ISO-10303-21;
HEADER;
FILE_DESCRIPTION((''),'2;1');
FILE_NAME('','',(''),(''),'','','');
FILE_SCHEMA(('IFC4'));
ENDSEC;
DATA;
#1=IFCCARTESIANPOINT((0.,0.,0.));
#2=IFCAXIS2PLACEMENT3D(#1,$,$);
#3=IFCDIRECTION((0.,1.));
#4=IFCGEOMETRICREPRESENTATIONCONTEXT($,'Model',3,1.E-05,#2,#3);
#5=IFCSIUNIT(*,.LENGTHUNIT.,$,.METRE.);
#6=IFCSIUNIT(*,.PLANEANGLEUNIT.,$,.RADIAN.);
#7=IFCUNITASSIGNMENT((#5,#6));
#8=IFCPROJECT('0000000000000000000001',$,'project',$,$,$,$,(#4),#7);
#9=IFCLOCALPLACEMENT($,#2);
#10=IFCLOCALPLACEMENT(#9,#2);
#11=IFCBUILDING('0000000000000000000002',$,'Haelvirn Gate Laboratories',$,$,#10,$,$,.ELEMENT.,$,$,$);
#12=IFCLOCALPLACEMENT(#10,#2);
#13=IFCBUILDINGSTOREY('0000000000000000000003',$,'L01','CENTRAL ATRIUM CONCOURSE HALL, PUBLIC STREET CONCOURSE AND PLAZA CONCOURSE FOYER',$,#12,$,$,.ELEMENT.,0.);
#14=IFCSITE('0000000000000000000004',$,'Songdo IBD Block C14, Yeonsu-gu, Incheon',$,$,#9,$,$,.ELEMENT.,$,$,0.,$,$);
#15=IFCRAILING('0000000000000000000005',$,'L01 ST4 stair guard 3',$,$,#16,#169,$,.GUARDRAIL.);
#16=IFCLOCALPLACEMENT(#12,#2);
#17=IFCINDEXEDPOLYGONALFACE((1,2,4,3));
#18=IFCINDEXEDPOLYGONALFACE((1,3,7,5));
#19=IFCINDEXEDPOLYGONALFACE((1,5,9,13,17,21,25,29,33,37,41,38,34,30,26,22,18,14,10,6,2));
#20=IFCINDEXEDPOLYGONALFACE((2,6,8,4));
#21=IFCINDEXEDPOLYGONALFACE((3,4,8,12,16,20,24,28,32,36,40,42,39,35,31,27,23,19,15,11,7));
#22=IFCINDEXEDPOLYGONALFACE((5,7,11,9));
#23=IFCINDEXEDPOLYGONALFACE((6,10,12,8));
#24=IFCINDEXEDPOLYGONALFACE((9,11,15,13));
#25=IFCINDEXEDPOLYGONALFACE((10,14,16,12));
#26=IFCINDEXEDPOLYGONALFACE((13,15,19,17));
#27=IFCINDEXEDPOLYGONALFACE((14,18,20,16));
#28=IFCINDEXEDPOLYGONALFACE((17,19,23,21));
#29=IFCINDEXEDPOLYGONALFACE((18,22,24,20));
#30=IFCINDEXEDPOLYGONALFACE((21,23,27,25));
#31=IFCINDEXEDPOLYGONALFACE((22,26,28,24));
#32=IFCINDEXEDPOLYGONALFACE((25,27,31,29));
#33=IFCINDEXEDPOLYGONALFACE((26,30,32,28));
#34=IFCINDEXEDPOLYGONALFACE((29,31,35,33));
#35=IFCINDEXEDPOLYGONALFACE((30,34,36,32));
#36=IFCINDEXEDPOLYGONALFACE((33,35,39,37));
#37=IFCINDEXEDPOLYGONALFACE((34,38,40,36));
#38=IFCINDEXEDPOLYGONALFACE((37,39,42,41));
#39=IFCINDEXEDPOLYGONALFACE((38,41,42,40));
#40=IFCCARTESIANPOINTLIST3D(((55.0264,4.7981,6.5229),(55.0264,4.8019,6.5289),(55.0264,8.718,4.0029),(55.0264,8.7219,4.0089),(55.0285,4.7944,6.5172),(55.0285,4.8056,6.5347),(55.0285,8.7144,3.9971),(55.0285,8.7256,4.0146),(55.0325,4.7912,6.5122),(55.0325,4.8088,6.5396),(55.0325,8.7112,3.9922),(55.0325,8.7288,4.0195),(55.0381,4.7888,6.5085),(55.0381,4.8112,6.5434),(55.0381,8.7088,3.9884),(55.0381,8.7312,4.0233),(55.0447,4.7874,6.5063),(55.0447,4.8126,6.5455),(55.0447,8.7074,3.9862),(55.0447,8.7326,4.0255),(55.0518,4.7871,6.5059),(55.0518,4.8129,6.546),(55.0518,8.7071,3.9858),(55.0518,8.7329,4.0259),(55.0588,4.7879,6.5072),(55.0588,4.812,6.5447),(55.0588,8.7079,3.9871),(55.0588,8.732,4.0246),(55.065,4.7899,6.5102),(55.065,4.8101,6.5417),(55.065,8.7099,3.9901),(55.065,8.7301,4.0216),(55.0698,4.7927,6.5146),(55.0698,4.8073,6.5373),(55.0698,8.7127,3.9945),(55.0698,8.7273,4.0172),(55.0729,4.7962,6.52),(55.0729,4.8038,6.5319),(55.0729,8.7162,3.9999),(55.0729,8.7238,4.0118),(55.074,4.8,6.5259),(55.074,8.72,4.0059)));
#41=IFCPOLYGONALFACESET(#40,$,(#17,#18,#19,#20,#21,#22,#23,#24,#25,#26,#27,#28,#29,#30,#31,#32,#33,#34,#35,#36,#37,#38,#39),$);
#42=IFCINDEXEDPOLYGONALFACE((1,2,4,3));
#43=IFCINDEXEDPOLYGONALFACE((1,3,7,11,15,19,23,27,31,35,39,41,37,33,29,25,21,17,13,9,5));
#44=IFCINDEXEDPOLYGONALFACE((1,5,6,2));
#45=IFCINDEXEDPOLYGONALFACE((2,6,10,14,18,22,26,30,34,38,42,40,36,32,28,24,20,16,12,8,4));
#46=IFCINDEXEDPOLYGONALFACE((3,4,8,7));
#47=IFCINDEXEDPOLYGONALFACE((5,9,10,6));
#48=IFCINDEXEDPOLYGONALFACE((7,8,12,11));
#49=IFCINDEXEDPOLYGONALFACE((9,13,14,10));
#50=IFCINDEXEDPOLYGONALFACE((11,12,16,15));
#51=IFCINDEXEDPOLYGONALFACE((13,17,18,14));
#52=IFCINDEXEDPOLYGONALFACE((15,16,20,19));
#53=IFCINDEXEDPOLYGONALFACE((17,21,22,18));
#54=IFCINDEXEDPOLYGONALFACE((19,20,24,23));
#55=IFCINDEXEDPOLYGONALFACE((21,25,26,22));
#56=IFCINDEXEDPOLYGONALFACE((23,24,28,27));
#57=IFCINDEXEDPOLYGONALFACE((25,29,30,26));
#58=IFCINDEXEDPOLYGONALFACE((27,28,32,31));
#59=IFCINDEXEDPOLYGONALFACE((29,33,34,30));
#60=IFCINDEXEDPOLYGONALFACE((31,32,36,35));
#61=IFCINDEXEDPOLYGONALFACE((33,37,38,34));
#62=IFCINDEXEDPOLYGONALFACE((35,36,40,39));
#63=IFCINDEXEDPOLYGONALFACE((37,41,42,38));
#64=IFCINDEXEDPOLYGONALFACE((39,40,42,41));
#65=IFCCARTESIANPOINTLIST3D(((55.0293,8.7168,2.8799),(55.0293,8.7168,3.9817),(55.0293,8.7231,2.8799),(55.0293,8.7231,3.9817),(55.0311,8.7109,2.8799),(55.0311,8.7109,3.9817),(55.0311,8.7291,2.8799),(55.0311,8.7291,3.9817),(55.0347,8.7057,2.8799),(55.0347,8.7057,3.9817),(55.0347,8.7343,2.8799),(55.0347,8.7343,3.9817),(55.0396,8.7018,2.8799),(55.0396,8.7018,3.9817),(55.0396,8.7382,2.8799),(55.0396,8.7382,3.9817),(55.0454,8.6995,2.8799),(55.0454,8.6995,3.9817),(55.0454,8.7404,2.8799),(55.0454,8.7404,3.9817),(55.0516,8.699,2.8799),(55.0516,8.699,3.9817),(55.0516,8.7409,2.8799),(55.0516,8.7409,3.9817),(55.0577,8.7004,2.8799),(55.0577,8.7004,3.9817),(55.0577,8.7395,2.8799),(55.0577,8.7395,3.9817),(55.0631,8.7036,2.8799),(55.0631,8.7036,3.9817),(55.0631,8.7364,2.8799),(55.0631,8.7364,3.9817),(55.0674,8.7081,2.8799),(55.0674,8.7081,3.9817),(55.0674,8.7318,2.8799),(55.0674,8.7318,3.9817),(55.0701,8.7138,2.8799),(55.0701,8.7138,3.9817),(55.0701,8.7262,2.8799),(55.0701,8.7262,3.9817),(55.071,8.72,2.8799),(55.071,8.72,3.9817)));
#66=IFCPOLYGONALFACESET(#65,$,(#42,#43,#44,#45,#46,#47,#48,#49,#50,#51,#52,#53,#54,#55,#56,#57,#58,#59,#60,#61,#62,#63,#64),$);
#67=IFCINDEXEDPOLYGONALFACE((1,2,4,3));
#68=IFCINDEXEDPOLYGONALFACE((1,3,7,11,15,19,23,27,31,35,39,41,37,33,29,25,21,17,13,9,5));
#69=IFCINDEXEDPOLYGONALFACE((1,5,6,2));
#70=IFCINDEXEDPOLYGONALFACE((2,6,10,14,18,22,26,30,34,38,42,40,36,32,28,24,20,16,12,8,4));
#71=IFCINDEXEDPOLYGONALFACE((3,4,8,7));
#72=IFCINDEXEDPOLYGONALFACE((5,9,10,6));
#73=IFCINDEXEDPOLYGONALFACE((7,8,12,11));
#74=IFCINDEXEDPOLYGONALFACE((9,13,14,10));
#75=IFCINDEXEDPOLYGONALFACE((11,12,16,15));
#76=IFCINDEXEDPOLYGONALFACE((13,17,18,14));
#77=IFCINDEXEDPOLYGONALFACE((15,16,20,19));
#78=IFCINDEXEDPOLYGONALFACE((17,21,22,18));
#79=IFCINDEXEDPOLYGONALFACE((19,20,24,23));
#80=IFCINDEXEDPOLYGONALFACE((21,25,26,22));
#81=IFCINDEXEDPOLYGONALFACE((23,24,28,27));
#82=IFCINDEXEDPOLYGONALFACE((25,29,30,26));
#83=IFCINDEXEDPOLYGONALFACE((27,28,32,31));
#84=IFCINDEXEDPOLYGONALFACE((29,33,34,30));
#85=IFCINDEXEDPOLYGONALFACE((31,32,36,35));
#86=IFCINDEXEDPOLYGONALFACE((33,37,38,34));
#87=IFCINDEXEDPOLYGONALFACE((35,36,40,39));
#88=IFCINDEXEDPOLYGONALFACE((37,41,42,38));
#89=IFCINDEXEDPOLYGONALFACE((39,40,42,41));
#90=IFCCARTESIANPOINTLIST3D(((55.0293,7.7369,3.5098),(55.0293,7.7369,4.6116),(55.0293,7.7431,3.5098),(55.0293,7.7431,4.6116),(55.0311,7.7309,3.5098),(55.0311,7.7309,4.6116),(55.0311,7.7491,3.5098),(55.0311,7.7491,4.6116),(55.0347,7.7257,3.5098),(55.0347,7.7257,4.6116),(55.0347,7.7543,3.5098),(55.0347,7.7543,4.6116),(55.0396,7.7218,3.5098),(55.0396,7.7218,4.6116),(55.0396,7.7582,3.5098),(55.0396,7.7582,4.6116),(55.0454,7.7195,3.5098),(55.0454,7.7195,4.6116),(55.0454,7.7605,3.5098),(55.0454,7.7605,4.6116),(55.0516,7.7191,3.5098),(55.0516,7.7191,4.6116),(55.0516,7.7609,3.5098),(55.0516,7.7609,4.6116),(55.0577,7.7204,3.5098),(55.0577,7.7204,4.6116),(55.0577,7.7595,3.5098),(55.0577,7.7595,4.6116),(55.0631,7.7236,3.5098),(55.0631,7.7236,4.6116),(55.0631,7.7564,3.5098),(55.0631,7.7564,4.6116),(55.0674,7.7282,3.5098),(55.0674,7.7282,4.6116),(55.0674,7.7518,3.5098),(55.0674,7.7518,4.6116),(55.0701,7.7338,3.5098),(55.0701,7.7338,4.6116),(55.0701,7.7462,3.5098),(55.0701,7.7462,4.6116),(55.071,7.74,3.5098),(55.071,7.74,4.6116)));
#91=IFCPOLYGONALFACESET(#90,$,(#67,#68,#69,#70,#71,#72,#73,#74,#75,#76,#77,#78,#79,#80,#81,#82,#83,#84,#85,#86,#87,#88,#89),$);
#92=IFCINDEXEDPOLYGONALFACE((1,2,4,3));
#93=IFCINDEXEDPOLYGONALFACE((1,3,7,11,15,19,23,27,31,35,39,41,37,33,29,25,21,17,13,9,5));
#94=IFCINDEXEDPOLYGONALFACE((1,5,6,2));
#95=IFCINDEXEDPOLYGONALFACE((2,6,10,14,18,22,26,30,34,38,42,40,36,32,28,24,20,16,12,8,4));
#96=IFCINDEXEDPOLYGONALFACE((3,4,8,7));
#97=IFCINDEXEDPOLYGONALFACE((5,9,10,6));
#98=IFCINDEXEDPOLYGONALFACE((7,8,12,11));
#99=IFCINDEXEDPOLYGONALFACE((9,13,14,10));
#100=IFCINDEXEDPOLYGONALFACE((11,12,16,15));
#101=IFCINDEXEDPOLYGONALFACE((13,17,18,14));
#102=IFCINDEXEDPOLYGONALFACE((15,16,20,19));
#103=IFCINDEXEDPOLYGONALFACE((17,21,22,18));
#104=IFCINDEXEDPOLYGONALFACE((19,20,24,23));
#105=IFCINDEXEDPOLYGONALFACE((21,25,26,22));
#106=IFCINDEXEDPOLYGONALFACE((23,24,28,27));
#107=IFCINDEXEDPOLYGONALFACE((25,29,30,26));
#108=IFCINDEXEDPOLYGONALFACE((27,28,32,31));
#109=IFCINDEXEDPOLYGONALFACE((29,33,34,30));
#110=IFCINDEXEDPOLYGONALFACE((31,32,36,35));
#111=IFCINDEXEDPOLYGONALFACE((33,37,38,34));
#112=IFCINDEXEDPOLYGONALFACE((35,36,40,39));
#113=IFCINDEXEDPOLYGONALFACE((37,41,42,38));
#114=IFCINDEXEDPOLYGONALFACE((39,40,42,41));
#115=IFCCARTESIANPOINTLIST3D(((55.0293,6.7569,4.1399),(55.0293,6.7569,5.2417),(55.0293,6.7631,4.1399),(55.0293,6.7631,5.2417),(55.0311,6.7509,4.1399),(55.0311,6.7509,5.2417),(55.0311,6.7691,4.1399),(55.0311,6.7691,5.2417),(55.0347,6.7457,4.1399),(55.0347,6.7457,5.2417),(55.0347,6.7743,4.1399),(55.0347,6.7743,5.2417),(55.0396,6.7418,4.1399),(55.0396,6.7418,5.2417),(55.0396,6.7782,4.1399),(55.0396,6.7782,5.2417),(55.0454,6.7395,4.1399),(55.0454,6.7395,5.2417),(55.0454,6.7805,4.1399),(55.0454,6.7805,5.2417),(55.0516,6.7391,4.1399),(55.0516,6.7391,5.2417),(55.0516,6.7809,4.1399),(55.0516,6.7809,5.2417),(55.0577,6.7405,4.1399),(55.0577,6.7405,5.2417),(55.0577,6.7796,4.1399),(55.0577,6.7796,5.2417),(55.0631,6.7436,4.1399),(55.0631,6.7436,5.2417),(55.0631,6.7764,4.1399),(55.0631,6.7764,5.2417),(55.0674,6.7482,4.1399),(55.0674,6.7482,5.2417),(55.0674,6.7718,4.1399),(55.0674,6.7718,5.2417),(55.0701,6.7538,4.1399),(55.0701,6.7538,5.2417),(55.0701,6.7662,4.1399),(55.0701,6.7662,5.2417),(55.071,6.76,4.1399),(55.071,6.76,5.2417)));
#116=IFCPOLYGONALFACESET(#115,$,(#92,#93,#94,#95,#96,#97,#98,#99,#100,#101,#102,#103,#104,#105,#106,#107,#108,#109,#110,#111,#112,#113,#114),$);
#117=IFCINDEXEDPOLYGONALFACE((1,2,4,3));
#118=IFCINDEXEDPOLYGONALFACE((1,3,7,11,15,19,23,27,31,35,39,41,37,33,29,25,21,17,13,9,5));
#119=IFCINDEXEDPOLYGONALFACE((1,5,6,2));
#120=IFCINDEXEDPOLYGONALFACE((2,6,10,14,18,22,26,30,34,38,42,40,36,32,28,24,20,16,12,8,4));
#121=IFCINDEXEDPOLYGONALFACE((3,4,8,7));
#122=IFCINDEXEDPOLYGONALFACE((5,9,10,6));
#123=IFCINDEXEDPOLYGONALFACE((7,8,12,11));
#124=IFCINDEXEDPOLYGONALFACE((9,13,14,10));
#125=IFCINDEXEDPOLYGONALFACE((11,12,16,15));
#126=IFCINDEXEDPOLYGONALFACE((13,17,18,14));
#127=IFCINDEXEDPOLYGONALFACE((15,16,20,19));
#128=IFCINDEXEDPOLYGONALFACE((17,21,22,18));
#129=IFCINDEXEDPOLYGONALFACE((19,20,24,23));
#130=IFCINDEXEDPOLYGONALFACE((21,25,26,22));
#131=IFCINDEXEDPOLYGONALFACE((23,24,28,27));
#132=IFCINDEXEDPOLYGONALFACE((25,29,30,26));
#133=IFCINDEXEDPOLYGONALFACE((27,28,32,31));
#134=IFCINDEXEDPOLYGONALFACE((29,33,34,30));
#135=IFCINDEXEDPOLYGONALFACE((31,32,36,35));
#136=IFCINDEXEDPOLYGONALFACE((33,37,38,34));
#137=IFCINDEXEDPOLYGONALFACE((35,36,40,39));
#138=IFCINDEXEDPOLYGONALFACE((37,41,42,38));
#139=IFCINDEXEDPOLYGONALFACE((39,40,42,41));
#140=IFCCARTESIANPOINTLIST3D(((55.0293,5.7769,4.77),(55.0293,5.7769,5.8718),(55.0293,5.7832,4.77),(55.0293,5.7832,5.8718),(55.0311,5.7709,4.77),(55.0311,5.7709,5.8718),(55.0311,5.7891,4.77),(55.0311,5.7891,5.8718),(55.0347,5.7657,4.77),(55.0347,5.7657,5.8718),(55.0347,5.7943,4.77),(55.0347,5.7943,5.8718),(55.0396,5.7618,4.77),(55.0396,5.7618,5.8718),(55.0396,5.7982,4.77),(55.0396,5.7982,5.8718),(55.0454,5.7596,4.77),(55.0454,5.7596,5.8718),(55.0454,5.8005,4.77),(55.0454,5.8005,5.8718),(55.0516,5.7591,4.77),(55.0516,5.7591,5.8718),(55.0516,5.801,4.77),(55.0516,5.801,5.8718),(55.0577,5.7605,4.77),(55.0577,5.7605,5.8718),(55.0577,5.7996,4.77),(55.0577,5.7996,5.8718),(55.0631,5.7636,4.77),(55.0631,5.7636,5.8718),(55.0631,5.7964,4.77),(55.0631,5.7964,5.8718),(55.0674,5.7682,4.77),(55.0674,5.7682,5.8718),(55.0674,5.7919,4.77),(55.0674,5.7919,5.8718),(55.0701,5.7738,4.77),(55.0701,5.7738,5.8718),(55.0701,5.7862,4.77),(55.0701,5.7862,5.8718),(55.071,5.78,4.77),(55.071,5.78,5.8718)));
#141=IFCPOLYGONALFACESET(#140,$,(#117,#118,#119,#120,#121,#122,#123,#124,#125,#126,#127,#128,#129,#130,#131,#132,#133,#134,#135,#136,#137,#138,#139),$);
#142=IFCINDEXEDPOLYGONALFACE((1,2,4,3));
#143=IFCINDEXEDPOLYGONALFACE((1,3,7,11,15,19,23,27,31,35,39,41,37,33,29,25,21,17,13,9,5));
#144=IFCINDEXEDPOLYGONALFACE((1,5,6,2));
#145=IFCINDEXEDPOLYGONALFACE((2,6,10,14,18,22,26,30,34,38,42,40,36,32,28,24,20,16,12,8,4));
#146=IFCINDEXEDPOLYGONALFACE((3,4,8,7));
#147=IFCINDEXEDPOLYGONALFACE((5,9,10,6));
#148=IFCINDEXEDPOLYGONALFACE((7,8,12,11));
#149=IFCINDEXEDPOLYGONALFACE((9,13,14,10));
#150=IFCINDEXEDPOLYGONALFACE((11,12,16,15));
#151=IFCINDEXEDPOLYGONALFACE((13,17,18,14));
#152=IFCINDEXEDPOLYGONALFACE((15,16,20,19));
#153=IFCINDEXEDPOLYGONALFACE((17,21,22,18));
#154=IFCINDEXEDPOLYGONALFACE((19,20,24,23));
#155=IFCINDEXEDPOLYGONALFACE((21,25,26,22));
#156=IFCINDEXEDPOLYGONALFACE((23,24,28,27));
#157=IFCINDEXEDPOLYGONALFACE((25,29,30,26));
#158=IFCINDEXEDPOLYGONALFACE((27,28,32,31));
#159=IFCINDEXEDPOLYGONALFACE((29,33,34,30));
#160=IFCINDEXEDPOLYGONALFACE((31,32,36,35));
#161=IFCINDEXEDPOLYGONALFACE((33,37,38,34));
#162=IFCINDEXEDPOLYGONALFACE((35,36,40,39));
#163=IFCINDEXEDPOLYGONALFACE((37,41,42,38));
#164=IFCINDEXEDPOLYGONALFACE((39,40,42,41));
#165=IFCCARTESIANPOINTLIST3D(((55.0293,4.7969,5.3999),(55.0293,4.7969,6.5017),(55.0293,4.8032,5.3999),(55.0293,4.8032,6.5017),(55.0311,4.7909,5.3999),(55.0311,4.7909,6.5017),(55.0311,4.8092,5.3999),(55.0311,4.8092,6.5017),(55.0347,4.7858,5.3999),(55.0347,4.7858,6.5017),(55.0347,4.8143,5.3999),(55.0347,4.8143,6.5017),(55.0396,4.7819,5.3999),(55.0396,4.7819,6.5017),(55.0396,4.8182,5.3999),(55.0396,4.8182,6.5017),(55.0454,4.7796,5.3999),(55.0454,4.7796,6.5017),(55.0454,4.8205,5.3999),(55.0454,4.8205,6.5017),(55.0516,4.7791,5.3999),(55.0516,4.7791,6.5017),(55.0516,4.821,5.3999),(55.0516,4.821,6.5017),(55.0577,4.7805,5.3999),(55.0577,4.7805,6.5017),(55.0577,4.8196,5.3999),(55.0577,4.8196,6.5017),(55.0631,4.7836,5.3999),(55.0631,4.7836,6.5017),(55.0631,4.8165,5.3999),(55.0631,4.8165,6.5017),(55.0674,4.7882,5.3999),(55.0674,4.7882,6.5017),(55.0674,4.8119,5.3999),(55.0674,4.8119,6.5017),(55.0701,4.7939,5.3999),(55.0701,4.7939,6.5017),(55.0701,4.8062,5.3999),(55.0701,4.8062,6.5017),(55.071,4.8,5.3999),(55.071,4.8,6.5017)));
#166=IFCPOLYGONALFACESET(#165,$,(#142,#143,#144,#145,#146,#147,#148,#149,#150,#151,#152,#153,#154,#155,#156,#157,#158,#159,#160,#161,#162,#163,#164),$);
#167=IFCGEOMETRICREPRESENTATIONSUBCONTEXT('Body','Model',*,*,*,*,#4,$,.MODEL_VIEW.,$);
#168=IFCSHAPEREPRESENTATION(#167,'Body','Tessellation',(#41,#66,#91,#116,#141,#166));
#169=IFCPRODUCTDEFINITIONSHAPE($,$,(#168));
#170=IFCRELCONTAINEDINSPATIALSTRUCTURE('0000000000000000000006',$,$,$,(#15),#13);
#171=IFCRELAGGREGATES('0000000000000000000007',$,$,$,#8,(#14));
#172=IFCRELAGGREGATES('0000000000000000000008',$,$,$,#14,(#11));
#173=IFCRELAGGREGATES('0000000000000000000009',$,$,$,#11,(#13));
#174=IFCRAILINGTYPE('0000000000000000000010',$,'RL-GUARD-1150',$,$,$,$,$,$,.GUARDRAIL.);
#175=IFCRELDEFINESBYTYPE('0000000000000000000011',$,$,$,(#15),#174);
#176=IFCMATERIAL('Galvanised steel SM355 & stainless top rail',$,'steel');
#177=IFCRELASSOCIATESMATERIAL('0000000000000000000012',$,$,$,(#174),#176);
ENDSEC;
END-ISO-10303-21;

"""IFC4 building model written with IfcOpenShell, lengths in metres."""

from ifc_helpers import new_model, si_unit, direction, frame, origin, origin_2d, place, context, subcontext, project, spatial, circle, extrude, source, transform, mapped, material, type_object, element, save


model = new_model("IFC4")

# Units and contexts
model_context = context("Model", 3, precision=1e-05, world=origin(), true_north=direction((0.0, 1.0)))
body_context = subcontext(model_context, "Body", "Model", "MODEL_VIEW")
ifc_project = project(units=[si_unit("LENGTHUNIT", "METRE"), si_unit("PLANEANGLEUNIT", "RADIAN")], contexts=[model_context])

# Site, building, storey
site_placement = place(None, origin())
site = spatial("IfcSite", under=ifc_project, at=site_placement, Name="Songdo IBD Block C14, Yeonsu-gu, Incheon", CompositionType="ELEMENT", RefElevation=0.0)
building_placement = place(site_placement, origin())
building = spatial("IfcBuilding", under=site, at=building_placement, Name="Haelvirn Gate Laboratories", CompositionType="ELEMENT")
storey_placement = place(building_placement, origin())
storey = spatial("IfcBuildingStorey", under=building, at=storey_placement, Name="L01", Description="CENTRAL ATRIUM CONCOURSE HALL, PUBLIC STREET CONCOURSE AND PLAZA CONCOURSE FOYER", CompositionType="ELEMENT", Elevation=0.0)

# Railing
ifc_material_1 = material(Name="Galvanised steel SM355 & stainless top rail", Category="steel")
railing_type_1 = type_object("IfcRailingType", Name="RL-GUARD-1150", PredefinedType="GUARDRAIL", material=ifc_material_1)
shared_shape_1 = source(origin(), body_context, "Body", "SweptSolid", [
    extrude(circle(Radius=0.0239, at=origin_2d()), frame((0.0, 0.0, 1.126), z_axis=(0.0, -0.841172, 0.540768), x_axis=(1.0, 0.0, 0.0)), (0.0, 0.0, 1.0), 4.6602),
    extrude(circle(Radius=0.021, at=origin_2d()), origin(), (0.0, 0.0, 1.0), 1.1018),
    extrude(circle(Radius=0.021, at=origin_2d()), frame((0.0, -0.98, 0.6299)), (0.0, 0.0, 1.0), 1.1018),
    extrude(circle(Radius=0.021, at=origin_2d()), frame((0.0, -1.96, 1.26)), (0.0, 0.0, 1.0), 1.1018),
    extrude(circle(Radius=0.021, at=origin_2d()), frame((0.0, -2.9399, 1.8901)), (0.0, 0.0, 1.0), 1.1018),
    extrude(circle(Radius=0.021, at=origin_2d()), frame((0.0, -3.9199, 2.52)), (0.0, 0.0, 1.0), 1.1018),
])
railing_1_placement = place(storey_placement, frame((55.05, 8.72, 2.8799)))
element("IfcRailing", 1, at=railing_1_placement, inside=storey, type_object=railing_type_1, Name="L01 ST4 stair guard 3", PredefinedType="GUARDRAIL", context=body_context, shape_type="MappedRepresentation", body=[
    mapped(shared_shape_1, transform((0.0, 0.0, 0.0), scale=1.0)),
])

save(model, "model.ifc")
